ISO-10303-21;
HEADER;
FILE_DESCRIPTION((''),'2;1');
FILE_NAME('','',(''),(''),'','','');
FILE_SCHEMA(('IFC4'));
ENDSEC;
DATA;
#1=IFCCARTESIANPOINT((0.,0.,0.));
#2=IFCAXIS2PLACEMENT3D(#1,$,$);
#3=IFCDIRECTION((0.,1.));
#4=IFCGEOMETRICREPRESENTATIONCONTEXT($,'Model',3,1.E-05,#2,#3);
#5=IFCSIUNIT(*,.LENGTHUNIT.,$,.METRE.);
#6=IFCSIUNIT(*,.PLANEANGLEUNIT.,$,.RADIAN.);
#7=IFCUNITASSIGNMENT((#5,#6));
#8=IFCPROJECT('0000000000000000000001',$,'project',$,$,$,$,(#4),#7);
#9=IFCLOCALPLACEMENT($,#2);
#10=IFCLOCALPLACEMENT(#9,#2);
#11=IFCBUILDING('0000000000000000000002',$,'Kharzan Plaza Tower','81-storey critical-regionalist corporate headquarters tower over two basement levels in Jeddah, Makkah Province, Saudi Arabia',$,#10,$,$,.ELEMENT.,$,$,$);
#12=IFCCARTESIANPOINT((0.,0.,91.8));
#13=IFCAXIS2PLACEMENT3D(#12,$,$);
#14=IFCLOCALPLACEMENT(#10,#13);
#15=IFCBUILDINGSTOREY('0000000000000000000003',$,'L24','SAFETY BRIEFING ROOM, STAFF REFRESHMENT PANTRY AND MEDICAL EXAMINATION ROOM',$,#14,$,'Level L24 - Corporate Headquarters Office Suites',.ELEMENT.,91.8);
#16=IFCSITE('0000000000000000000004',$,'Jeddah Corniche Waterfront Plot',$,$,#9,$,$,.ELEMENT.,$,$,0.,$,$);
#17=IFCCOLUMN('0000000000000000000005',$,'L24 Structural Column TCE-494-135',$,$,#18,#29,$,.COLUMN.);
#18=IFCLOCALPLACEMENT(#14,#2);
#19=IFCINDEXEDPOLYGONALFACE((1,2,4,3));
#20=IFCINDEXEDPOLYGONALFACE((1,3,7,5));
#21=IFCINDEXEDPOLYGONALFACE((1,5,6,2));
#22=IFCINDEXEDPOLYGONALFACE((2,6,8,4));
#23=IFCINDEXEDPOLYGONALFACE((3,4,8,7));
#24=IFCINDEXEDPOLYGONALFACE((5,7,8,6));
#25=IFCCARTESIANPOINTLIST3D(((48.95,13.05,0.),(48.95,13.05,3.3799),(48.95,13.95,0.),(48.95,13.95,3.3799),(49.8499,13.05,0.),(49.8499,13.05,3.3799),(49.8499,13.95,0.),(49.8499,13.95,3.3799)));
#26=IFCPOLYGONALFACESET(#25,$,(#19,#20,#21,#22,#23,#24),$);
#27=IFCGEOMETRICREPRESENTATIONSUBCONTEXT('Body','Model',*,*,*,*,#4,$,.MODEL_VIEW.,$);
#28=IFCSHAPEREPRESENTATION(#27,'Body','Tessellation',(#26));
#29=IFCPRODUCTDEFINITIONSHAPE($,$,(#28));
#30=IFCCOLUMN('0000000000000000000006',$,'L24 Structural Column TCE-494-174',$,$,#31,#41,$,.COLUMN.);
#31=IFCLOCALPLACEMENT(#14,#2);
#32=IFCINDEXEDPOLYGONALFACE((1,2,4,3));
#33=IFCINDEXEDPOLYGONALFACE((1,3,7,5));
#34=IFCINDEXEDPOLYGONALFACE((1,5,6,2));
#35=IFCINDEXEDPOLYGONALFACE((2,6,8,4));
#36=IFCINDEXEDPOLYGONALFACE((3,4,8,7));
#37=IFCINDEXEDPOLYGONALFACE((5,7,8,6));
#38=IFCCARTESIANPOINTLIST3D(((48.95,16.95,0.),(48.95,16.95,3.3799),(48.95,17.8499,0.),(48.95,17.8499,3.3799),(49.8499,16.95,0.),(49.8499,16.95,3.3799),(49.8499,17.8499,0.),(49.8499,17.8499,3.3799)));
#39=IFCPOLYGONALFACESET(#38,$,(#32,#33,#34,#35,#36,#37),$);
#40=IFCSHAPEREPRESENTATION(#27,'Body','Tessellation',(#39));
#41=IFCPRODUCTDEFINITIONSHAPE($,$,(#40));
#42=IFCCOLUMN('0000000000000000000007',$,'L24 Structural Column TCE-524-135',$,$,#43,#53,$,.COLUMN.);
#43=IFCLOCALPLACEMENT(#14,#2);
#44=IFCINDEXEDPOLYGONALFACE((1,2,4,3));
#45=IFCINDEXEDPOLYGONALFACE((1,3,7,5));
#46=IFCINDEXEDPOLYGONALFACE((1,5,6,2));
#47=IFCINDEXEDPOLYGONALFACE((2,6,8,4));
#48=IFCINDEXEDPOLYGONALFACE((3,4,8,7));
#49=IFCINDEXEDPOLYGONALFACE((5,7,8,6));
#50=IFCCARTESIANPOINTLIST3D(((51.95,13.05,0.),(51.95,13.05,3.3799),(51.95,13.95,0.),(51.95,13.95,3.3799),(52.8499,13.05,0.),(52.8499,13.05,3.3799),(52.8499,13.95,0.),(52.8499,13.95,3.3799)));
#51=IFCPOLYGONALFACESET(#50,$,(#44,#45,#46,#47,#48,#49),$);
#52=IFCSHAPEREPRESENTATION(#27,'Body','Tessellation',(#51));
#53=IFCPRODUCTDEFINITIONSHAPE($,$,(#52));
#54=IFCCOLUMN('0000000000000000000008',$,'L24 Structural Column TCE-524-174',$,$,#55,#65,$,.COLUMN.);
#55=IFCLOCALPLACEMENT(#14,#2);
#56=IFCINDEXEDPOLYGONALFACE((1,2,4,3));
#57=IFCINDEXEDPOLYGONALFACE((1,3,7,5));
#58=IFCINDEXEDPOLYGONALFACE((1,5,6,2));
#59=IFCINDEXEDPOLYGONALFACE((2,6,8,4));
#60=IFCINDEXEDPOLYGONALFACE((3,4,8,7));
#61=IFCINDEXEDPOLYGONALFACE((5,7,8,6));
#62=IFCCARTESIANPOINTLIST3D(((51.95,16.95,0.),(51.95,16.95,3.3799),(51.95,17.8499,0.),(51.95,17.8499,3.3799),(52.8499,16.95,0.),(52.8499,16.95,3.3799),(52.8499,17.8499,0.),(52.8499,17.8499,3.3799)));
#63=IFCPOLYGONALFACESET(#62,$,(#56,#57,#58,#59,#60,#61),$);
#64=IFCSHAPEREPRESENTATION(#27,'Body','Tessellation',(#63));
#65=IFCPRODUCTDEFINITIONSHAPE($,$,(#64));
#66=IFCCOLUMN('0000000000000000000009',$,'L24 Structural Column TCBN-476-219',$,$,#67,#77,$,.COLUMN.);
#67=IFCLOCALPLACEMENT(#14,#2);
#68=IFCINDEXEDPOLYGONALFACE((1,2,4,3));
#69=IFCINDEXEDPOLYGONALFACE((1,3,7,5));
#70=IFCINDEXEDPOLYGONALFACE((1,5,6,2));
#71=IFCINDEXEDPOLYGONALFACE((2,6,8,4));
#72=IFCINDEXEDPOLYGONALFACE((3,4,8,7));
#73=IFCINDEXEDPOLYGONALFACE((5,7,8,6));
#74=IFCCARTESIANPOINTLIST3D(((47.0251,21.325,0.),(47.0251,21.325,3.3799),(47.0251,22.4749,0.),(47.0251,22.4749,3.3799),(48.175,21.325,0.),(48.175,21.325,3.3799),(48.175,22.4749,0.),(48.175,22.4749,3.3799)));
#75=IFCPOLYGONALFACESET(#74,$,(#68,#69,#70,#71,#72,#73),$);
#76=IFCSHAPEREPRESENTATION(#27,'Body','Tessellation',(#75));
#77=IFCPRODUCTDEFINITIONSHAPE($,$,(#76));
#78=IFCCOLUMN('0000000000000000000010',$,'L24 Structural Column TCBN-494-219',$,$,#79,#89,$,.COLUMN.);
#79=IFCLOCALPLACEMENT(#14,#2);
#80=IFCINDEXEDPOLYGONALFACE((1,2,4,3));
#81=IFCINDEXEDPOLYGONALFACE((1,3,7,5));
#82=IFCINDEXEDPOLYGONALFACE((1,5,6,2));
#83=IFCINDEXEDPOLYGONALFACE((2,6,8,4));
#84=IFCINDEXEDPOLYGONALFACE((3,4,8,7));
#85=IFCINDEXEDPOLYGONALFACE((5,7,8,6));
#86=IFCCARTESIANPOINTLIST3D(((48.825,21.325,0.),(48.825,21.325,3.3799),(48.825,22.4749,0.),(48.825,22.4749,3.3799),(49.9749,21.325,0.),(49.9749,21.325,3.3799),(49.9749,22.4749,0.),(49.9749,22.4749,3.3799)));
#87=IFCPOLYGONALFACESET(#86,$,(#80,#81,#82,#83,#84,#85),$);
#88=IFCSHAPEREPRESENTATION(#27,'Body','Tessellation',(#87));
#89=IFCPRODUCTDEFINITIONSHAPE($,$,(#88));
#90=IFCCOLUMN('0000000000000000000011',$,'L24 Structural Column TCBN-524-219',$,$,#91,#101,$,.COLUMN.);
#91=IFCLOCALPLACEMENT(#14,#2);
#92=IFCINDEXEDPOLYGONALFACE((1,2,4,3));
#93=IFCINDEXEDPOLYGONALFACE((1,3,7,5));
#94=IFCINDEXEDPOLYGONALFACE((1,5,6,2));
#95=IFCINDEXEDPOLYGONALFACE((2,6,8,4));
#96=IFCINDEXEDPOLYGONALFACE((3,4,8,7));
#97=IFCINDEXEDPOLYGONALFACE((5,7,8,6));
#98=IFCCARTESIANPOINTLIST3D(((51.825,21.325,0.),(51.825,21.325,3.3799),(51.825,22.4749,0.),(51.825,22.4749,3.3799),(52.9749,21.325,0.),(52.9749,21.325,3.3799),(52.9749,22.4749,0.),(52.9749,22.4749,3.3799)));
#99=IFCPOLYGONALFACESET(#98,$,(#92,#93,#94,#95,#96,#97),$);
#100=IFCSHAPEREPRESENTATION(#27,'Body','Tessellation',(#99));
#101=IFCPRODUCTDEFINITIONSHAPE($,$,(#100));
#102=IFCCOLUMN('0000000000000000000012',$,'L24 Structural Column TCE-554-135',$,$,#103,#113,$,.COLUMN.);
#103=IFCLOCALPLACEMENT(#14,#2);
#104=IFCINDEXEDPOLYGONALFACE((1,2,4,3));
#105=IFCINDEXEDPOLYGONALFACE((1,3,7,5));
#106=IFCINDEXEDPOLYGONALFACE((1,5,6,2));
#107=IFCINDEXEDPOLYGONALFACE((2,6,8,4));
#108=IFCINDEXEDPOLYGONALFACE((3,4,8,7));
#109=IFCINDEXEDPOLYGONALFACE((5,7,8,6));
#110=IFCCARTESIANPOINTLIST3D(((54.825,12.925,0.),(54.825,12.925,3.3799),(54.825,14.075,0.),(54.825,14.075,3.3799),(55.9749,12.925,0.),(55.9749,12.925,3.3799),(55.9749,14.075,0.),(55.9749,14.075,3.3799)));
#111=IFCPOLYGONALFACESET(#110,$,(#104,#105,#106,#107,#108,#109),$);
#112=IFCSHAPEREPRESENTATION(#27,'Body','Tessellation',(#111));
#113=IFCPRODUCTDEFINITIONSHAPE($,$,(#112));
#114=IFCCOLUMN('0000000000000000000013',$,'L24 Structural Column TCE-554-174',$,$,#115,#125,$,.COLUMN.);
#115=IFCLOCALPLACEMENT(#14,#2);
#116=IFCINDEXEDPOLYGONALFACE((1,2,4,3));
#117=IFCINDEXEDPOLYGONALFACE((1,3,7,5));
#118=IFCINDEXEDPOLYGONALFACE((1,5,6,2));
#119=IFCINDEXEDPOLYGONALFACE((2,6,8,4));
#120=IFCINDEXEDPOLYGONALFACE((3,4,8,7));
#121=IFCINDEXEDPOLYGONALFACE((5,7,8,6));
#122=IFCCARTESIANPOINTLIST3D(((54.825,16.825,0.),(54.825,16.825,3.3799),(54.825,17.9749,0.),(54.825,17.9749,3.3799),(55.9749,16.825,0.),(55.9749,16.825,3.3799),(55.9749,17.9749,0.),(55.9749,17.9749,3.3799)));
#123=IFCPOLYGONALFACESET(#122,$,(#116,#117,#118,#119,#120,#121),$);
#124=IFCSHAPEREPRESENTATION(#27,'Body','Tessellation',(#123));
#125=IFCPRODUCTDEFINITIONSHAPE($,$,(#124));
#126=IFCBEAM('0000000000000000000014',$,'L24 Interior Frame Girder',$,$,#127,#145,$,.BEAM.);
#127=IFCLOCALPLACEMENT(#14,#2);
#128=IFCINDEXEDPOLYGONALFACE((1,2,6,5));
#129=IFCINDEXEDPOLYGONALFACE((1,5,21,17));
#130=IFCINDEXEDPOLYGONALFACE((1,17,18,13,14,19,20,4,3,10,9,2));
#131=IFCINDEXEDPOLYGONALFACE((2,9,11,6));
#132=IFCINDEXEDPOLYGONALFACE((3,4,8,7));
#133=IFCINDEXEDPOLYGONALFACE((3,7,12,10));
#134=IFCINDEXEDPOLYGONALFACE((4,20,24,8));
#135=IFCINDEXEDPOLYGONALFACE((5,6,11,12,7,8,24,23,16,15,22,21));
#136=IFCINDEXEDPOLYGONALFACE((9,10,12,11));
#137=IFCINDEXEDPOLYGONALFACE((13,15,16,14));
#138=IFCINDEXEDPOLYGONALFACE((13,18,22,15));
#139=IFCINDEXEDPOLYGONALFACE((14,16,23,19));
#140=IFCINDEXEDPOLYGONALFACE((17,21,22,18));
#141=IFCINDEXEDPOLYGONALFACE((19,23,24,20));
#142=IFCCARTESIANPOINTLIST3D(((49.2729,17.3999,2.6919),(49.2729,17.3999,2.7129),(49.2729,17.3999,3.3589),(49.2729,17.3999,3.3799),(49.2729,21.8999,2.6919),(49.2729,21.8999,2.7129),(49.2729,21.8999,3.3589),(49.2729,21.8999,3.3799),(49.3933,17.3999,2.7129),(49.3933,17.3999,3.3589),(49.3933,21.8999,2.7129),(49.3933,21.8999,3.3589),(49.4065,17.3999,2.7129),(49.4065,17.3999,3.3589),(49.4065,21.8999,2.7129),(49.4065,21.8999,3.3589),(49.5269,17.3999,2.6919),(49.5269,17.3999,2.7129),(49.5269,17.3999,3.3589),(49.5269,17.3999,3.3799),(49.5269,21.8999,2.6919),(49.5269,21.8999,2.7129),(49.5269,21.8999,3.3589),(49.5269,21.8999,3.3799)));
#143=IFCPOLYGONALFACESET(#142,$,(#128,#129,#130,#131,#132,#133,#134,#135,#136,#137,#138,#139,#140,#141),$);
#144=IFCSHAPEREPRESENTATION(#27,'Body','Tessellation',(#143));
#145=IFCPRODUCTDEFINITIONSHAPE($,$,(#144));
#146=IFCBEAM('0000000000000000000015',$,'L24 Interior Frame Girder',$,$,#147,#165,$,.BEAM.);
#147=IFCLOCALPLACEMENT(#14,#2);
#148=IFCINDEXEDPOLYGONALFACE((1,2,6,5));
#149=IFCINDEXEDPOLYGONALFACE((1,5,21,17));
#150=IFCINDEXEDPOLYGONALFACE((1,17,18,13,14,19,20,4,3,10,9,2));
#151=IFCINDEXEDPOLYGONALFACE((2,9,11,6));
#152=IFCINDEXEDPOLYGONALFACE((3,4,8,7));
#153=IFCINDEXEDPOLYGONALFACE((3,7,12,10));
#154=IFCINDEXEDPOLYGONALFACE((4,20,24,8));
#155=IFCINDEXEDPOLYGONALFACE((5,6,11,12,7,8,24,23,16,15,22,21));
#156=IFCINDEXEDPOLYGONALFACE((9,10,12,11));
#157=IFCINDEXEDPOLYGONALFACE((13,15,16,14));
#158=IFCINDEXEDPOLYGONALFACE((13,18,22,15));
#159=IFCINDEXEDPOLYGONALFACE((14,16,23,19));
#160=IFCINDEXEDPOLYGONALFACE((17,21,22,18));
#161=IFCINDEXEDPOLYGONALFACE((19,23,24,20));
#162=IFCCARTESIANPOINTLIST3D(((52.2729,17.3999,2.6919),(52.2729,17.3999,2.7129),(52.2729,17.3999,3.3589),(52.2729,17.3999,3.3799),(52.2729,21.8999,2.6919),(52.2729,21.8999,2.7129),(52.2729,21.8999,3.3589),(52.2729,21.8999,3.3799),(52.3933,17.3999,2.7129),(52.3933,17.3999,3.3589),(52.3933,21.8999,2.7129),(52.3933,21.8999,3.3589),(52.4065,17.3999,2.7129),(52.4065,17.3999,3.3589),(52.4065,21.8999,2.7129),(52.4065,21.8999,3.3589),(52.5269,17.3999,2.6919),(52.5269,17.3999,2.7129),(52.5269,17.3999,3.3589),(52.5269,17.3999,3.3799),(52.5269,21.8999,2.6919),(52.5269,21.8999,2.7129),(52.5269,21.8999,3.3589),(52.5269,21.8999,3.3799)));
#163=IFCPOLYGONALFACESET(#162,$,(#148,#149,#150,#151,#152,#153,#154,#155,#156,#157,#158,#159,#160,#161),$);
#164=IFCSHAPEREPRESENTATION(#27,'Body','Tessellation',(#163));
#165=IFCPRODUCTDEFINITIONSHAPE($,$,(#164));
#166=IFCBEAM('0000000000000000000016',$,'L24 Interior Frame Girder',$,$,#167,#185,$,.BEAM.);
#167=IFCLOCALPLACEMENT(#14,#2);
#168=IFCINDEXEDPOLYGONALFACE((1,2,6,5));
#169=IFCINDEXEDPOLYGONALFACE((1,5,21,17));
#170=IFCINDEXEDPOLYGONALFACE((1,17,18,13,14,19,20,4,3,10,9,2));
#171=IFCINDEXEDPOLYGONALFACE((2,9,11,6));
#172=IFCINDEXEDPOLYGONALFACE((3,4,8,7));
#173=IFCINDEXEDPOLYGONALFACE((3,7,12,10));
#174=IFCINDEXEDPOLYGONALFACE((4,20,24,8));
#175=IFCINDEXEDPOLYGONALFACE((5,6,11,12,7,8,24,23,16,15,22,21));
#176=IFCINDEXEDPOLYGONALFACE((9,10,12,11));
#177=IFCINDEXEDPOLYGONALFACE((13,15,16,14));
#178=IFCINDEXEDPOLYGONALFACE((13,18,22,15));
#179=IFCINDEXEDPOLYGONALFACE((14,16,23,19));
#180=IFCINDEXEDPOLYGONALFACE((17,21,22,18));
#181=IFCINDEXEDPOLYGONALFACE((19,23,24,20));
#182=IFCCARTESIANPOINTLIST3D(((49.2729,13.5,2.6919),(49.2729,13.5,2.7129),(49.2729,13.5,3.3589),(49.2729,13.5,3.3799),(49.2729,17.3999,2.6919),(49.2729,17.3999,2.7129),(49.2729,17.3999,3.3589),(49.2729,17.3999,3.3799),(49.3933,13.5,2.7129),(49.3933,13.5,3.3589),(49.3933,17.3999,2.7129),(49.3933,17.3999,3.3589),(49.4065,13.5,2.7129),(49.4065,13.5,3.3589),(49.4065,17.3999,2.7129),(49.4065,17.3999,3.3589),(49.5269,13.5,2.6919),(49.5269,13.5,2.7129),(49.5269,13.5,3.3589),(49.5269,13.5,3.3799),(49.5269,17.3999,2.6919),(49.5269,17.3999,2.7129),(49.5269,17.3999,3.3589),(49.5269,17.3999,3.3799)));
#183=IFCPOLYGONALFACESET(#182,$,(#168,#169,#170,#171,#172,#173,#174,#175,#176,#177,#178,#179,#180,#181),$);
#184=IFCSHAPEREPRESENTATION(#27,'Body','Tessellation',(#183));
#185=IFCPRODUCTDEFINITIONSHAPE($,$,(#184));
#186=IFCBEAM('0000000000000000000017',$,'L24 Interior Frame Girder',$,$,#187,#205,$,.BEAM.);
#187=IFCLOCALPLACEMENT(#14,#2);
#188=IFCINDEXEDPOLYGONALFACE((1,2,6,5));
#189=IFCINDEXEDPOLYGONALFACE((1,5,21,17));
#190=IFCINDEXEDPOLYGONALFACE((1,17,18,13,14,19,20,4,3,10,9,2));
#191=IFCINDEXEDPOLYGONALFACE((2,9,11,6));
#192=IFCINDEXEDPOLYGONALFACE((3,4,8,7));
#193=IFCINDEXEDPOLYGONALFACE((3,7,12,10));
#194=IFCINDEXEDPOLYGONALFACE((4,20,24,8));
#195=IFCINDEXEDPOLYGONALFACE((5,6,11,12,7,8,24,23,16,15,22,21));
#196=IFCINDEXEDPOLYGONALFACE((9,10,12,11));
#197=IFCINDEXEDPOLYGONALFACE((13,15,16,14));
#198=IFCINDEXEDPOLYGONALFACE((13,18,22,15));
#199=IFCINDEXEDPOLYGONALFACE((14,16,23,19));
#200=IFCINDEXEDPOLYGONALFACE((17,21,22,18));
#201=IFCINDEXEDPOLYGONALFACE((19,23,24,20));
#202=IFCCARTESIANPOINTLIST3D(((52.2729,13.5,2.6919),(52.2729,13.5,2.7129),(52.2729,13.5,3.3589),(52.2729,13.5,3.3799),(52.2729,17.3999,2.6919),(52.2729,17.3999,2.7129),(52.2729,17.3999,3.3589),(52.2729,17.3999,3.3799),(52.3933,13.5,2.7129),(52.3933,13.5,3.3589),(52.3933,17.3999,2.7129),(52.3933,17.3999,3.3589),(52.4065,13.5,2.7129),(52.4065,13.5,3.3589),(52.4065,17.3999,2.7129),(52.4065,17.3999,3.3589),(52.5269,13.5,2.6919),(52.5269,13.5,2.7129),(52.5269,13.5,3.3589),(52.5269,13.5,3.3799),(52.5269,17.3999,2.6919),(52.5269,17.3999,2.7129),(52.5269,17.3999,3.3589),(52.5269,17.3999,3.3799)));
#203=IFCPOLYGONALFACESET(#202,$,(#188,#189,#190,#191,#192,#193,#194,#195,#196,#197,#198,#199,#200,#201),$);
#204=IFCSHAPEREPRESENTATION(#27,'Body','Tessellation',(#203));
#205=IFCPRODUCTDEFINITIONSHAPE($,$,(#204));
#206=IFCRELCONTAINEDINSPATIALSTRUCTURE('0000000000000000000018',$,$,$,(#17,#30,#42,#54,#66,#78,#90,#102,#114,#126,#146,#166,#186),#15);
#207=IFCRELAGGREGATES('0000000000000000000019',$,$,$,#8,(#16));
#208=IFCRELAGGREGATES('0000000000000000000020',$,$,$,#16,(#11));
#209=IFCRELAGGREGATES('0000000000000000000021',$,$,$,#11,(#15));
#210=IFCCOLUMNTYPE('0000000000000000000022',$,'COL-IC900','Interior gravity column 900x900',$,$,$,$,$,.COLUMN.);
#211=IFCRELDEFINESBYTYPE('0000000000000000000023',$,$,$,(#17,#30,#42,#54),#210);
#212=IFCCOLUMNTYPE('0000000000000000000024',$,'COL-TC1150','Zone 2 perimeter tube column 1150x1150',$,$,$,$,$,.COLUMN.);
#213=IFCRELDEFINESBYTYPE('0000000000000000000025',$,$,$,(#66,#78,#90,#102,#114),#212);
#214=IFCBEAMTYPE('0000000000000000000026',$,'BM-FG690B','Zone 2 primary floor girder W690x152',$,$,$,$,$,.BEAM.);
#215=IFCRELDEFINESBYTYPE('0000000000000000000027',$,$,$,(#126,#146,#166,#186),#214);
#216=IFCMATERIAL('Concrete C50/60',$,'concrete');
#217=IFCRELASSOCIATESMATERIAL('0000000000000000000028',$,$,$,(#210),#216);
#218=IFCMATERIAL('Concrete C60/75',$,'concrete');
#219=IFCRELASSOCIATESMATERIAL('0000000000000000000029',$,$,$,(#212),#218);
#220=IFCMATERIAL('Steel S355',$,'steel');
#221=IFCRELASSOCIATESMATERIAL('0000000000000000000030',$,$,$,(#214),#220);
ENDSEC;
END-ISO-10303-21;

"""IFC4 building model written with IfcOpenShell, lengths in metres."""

from ifc_helpers import new_model, si_unit, direction, frame, origin, origin_2d, place, context, subcontext, project, spatial, rectangle, i_section, extrude, source, transform, mapped, material, material_profile, profile_set, type_object, element, save


model = new_model("IFC4")

# Units and contexts
model_context = context("Model", 3, precision=1e-05, world=origin(), true_north=direction((0.0, 1.0)))
body_context = subcontext(model_context, "Body", "Model", "MODEL_VIEW")
ifc_project = project(units=[si_unit("LENGTHUNIT", "METRE"), si_unit("PLANEANGLEUNIT", "RADIAN")], contexts=[model_context])

# Site, building, storey
site_placement = place(None, origin())
site = spatial("IfcSite", under=ifc_project, at=site_placement, Name="Jeddah Corniche Waterfront Plot", CompositionType="ELEMENT", RefElevation=0.0)
building_placement = place(site_placement, origin())
building = spatial("IfcBuilding", under=site, at=building_placement, Name="Kharzan Plaza Tower", Description="81-storey critical-regionalist corporate headquarters tower over two basement levels in Jeddah, Makkah Province, Saudi Arabia", CompositionType="ELEMENT")
storey_placement = place(building_placement, frame((0.0, 0.0, 91.8)))
storey = spatial("IfcBuildingStorey", under=building, at=storey_placement, Name="L24", Description="SAFETY BRIEFING ROOM, STAFF REFRESHMENT PANTRY AND MEDICAL EXAMINATION ROOM", LongName="Level L24 - Corporate Headquarters Office Suites", CompositionType="ELEMENT", Elevation=91.8)

# Columns
ifc_material_1 = material(Name="Concrete C50/60", Category="concrete")
ifc_material_profile_1 = material_profile(ifc_material_1, rectangle(XDim=0.8999, YDim=0.8999, at=origin_2d()), Name="RC-IC900x900")
ifc_profile_set_1 = profile_set([ifc_material_profile_1], Name="Concrete C50/60")
column_type_1 = type_object("IfcColumnType", Name="COL-IC900", Description="Interior gravity column 900x900", PredefinedType="COLUMN", material=ifc_profile_set_1)
shared_shape_1 = source(origin(), body_context, "Body", "SweptSolid", [
    extrude(rectangle(XDim=0.8999, YDim=0.8999, at=origin_2d()), origin(), (0.0, 0.0, 1.0), 3.3799),
])
for number, where, z_axis, x_axis, name in (
    (1, (49.3999, 13.5, 0.0), (0.0, 0.0, 1.0), (1.0, 0.0, 0.0), "L24 Structural Column TCE-494-135"),
    (2, (49.3999, 17.3999, 0.0), (0.0, 0.0, 1.0), (1.0, 0.0, 0.0), "L24 Structural Column TCE-494-174"),
    (3, (52.3999, 13.5, 0.0), (0.0, 0.0, 1.0), (1.0, 0.0, 0.0), "L24 Structural Column TCE-524-135"),
    (4, (52.3999, 17.3999, 0.0), (0.0, 0.0, 1.0), (1.0, 0.0, 0.0), "L24 Structural Column TCE-524-174"),
):
    element("IfcColumn", number, at=place(storey_placement, frame(where, z_axis=z_axis, x_axis=x_axis)), inside=storey, type_object=column_type_1, Name=name, PredefinedType="COLUMN", context=body_context, shape_type="MappedRepresentation", body=[
        mapped(shared_shape_1, transform((0.0, 0.0, 0.0), x_axis=(1.0, 0.0, 0.0), y_axis=(0.0, 1.0, 0.0), z_axis=(0.0, 0.0, 1.0))),
    ])
ifc_material_2 = material(Name="Concrete C60/75", Category="concrete")
ifc_material_profile_2 = material_profile(ifc_material_2, rectangle(XDim=1.1499, YDim=1.1499, at=origin_2d()), Name="RC-TC1150x1150")
ifc_profile_set_2 = profile_set([ifc_material_profile_2], Name="Concrete C60/75")
column_type_2 = type_object("IfcColumnType", Name="COL-TC1150", Description="Zone 2 perimeter tube column 1150x1150", PredefinedType="COLUMN", material=ifc_profile_set_2)
shared_shape_2 = source(origin(), body_context, "Body", "SweptSolid", [
    extrude(rectangle(XDim=1.1499, YDim=1.1499, at=origin_2d()), origin(), (0.0, 0.0, 1.0), 3.3799),
])
for number, where, z_axis, x_axis, name in (
    (5, (47.6001, 21.8999, 0.0), (0.0, 0.0, 1.0), (1.0, 0.0, 0.0), "L24 Structural Column TCBN-476-219"),
    (6, (49.3999, 21.8999, 0.0), (0.0, 0.0, 1.0), (1.0, 0.0, 0.0), "L24 Structural Column TCBN-494-219"),
    (7, (52.3999, 21.8999, 0.0), (0.0, 0.0, 1.0), (1.0, 0.0, 0.0), "L24 Structural Column TCBN-524-219"),
    (8, (55.3999, 13.5, 0.0), (0.0, 0.0, 1.0), (1.0, 0.0, 0.0), "L24 Structural Column TCE-554-135"),
    (9, (55.3999, 17.3999, 0.0), (0.0, 0.0, 1.0), (1.0, 0.0, 0.0), "L24 Structural Column TCE-554-174"),
):
    element("IfcColumn", number, at=place(storey_placement, frame(where, z_axis=z_axis, x_axis=x_axis)), inside=storey, type_object=column_type_2, Name=name, PredefinedType="COLUMN", context=body_context, shape_type="MappedRepresentation", body=[
        mapped(shared_shape_2, transform((0.0, 0.0, 0.0), x_axis=(1.0, 0.0, 0.0), y_axis=(0.0, 1.0, 0.0), z_axis=(0.0, 0.0, 1.0))),
    ])

# Beams
ifc_material_3 = material(Name="Steel S355", Category="steel")
ifc_material_profile_3 = material_profile(ifc_material_3, i_section(OverallWidth=0.2539, OverallDepth=0.688, WebThickness=0.0132, FlangeThickness=0.021, at=origin_2d()), Name="W690x152")
ifc_profile_set_3 = profile_set([ifc_material_profile_3], Name="Steel S355")
beam_type_1 = type_object("IfcBeamType", Name="BM-FG690B", Description="Zone 2 primary floor girder W690x152", PredefinedType="BEAM", material=ifc_profile_set_3)
shared_shape_3 = source(origin(), body_context, "Body", "SweptSolid", [
    extrude(i_section(OverallWidth=0.2539, OverallDepth=0.688, WebThickness=0.0132, FlangeThickness=0.021, at=origin_2d()), origin(), (0.0, 0.0, 1.0), 4.5),
])
for number, where, z_axis, x_axis, name in (
    (10, (49.3999, 17.3999, 3.0359), (0.0, 1.0, 0.0), (-1.0, 0.0, 0.0), "L24 Interior Frame Girder"),
    (11, (52.3999, 17.3999, 3.0359), (0.0, 1.0, 0.0), (-1.0, 0.0, 0.0), "L24 Interior Frame Girder"),
):
    element("IfcBeam", number, at=place(storey_placement, frame(where, z_axis=z_axis, x_axis=x_axis)), inside=storey, type_object=beam_type_1, Name=name, PredefinedType="BEAM", context=body_context, shape_type="MappedRepresentation", body=[
        mapped(shared_shape_3, transform((0.0, 0.0, 0.0), x_axis=(1.0, 0.0, 0.0), y_axis=(0.0, 1.0, 0.0), z_axis=(0.0, 0.0, 1.0))),
    ])
shared_shape_4 = source(origin(), body_context, "Body", "SweptSolid", [
    extrude(i_section(OverallWidth=0.2539, OverallDepth=0.688, WebThickness=0.0132, FlangeThickness=0.021, at=origin_2d()), origin(), (0.0, 0.0, 1.0), 3.8999),
])
for number, where, z_axis, x_axis, name in (
    (12, (49.3999, 13.5, 3.0359), (0.0, 1.0, 0.0), (-1.0, 0.0, 0.0), "L24 Interior Frame Girder"),
    (13, (52.3999, 13.5, 3.0359), (0.0, 1.0, 0.0), (-1.0, 0.0, 0.0), "L24 Interior Frame Girder"),
):
    element("IfcBeam", number, at=place(storey_placement, frame(where, z_axis=z_axis, x_axis=x_axis)), inside=storey, type_object=beam_type_1, Name=name, PredefinedType="BEAM", context=body_context, shape_type="MappedRepresentation", body=[
        mapped(shared_shape_4, transform((0.0, 0.0, 0.0), x_axis=(1.0, 0.0, 0.0), y_axis=(0.0, 1.0, 0.0), z_axis=(0.0, 0.0, 1.0))),
    ])

save(model, "model.ifc")
